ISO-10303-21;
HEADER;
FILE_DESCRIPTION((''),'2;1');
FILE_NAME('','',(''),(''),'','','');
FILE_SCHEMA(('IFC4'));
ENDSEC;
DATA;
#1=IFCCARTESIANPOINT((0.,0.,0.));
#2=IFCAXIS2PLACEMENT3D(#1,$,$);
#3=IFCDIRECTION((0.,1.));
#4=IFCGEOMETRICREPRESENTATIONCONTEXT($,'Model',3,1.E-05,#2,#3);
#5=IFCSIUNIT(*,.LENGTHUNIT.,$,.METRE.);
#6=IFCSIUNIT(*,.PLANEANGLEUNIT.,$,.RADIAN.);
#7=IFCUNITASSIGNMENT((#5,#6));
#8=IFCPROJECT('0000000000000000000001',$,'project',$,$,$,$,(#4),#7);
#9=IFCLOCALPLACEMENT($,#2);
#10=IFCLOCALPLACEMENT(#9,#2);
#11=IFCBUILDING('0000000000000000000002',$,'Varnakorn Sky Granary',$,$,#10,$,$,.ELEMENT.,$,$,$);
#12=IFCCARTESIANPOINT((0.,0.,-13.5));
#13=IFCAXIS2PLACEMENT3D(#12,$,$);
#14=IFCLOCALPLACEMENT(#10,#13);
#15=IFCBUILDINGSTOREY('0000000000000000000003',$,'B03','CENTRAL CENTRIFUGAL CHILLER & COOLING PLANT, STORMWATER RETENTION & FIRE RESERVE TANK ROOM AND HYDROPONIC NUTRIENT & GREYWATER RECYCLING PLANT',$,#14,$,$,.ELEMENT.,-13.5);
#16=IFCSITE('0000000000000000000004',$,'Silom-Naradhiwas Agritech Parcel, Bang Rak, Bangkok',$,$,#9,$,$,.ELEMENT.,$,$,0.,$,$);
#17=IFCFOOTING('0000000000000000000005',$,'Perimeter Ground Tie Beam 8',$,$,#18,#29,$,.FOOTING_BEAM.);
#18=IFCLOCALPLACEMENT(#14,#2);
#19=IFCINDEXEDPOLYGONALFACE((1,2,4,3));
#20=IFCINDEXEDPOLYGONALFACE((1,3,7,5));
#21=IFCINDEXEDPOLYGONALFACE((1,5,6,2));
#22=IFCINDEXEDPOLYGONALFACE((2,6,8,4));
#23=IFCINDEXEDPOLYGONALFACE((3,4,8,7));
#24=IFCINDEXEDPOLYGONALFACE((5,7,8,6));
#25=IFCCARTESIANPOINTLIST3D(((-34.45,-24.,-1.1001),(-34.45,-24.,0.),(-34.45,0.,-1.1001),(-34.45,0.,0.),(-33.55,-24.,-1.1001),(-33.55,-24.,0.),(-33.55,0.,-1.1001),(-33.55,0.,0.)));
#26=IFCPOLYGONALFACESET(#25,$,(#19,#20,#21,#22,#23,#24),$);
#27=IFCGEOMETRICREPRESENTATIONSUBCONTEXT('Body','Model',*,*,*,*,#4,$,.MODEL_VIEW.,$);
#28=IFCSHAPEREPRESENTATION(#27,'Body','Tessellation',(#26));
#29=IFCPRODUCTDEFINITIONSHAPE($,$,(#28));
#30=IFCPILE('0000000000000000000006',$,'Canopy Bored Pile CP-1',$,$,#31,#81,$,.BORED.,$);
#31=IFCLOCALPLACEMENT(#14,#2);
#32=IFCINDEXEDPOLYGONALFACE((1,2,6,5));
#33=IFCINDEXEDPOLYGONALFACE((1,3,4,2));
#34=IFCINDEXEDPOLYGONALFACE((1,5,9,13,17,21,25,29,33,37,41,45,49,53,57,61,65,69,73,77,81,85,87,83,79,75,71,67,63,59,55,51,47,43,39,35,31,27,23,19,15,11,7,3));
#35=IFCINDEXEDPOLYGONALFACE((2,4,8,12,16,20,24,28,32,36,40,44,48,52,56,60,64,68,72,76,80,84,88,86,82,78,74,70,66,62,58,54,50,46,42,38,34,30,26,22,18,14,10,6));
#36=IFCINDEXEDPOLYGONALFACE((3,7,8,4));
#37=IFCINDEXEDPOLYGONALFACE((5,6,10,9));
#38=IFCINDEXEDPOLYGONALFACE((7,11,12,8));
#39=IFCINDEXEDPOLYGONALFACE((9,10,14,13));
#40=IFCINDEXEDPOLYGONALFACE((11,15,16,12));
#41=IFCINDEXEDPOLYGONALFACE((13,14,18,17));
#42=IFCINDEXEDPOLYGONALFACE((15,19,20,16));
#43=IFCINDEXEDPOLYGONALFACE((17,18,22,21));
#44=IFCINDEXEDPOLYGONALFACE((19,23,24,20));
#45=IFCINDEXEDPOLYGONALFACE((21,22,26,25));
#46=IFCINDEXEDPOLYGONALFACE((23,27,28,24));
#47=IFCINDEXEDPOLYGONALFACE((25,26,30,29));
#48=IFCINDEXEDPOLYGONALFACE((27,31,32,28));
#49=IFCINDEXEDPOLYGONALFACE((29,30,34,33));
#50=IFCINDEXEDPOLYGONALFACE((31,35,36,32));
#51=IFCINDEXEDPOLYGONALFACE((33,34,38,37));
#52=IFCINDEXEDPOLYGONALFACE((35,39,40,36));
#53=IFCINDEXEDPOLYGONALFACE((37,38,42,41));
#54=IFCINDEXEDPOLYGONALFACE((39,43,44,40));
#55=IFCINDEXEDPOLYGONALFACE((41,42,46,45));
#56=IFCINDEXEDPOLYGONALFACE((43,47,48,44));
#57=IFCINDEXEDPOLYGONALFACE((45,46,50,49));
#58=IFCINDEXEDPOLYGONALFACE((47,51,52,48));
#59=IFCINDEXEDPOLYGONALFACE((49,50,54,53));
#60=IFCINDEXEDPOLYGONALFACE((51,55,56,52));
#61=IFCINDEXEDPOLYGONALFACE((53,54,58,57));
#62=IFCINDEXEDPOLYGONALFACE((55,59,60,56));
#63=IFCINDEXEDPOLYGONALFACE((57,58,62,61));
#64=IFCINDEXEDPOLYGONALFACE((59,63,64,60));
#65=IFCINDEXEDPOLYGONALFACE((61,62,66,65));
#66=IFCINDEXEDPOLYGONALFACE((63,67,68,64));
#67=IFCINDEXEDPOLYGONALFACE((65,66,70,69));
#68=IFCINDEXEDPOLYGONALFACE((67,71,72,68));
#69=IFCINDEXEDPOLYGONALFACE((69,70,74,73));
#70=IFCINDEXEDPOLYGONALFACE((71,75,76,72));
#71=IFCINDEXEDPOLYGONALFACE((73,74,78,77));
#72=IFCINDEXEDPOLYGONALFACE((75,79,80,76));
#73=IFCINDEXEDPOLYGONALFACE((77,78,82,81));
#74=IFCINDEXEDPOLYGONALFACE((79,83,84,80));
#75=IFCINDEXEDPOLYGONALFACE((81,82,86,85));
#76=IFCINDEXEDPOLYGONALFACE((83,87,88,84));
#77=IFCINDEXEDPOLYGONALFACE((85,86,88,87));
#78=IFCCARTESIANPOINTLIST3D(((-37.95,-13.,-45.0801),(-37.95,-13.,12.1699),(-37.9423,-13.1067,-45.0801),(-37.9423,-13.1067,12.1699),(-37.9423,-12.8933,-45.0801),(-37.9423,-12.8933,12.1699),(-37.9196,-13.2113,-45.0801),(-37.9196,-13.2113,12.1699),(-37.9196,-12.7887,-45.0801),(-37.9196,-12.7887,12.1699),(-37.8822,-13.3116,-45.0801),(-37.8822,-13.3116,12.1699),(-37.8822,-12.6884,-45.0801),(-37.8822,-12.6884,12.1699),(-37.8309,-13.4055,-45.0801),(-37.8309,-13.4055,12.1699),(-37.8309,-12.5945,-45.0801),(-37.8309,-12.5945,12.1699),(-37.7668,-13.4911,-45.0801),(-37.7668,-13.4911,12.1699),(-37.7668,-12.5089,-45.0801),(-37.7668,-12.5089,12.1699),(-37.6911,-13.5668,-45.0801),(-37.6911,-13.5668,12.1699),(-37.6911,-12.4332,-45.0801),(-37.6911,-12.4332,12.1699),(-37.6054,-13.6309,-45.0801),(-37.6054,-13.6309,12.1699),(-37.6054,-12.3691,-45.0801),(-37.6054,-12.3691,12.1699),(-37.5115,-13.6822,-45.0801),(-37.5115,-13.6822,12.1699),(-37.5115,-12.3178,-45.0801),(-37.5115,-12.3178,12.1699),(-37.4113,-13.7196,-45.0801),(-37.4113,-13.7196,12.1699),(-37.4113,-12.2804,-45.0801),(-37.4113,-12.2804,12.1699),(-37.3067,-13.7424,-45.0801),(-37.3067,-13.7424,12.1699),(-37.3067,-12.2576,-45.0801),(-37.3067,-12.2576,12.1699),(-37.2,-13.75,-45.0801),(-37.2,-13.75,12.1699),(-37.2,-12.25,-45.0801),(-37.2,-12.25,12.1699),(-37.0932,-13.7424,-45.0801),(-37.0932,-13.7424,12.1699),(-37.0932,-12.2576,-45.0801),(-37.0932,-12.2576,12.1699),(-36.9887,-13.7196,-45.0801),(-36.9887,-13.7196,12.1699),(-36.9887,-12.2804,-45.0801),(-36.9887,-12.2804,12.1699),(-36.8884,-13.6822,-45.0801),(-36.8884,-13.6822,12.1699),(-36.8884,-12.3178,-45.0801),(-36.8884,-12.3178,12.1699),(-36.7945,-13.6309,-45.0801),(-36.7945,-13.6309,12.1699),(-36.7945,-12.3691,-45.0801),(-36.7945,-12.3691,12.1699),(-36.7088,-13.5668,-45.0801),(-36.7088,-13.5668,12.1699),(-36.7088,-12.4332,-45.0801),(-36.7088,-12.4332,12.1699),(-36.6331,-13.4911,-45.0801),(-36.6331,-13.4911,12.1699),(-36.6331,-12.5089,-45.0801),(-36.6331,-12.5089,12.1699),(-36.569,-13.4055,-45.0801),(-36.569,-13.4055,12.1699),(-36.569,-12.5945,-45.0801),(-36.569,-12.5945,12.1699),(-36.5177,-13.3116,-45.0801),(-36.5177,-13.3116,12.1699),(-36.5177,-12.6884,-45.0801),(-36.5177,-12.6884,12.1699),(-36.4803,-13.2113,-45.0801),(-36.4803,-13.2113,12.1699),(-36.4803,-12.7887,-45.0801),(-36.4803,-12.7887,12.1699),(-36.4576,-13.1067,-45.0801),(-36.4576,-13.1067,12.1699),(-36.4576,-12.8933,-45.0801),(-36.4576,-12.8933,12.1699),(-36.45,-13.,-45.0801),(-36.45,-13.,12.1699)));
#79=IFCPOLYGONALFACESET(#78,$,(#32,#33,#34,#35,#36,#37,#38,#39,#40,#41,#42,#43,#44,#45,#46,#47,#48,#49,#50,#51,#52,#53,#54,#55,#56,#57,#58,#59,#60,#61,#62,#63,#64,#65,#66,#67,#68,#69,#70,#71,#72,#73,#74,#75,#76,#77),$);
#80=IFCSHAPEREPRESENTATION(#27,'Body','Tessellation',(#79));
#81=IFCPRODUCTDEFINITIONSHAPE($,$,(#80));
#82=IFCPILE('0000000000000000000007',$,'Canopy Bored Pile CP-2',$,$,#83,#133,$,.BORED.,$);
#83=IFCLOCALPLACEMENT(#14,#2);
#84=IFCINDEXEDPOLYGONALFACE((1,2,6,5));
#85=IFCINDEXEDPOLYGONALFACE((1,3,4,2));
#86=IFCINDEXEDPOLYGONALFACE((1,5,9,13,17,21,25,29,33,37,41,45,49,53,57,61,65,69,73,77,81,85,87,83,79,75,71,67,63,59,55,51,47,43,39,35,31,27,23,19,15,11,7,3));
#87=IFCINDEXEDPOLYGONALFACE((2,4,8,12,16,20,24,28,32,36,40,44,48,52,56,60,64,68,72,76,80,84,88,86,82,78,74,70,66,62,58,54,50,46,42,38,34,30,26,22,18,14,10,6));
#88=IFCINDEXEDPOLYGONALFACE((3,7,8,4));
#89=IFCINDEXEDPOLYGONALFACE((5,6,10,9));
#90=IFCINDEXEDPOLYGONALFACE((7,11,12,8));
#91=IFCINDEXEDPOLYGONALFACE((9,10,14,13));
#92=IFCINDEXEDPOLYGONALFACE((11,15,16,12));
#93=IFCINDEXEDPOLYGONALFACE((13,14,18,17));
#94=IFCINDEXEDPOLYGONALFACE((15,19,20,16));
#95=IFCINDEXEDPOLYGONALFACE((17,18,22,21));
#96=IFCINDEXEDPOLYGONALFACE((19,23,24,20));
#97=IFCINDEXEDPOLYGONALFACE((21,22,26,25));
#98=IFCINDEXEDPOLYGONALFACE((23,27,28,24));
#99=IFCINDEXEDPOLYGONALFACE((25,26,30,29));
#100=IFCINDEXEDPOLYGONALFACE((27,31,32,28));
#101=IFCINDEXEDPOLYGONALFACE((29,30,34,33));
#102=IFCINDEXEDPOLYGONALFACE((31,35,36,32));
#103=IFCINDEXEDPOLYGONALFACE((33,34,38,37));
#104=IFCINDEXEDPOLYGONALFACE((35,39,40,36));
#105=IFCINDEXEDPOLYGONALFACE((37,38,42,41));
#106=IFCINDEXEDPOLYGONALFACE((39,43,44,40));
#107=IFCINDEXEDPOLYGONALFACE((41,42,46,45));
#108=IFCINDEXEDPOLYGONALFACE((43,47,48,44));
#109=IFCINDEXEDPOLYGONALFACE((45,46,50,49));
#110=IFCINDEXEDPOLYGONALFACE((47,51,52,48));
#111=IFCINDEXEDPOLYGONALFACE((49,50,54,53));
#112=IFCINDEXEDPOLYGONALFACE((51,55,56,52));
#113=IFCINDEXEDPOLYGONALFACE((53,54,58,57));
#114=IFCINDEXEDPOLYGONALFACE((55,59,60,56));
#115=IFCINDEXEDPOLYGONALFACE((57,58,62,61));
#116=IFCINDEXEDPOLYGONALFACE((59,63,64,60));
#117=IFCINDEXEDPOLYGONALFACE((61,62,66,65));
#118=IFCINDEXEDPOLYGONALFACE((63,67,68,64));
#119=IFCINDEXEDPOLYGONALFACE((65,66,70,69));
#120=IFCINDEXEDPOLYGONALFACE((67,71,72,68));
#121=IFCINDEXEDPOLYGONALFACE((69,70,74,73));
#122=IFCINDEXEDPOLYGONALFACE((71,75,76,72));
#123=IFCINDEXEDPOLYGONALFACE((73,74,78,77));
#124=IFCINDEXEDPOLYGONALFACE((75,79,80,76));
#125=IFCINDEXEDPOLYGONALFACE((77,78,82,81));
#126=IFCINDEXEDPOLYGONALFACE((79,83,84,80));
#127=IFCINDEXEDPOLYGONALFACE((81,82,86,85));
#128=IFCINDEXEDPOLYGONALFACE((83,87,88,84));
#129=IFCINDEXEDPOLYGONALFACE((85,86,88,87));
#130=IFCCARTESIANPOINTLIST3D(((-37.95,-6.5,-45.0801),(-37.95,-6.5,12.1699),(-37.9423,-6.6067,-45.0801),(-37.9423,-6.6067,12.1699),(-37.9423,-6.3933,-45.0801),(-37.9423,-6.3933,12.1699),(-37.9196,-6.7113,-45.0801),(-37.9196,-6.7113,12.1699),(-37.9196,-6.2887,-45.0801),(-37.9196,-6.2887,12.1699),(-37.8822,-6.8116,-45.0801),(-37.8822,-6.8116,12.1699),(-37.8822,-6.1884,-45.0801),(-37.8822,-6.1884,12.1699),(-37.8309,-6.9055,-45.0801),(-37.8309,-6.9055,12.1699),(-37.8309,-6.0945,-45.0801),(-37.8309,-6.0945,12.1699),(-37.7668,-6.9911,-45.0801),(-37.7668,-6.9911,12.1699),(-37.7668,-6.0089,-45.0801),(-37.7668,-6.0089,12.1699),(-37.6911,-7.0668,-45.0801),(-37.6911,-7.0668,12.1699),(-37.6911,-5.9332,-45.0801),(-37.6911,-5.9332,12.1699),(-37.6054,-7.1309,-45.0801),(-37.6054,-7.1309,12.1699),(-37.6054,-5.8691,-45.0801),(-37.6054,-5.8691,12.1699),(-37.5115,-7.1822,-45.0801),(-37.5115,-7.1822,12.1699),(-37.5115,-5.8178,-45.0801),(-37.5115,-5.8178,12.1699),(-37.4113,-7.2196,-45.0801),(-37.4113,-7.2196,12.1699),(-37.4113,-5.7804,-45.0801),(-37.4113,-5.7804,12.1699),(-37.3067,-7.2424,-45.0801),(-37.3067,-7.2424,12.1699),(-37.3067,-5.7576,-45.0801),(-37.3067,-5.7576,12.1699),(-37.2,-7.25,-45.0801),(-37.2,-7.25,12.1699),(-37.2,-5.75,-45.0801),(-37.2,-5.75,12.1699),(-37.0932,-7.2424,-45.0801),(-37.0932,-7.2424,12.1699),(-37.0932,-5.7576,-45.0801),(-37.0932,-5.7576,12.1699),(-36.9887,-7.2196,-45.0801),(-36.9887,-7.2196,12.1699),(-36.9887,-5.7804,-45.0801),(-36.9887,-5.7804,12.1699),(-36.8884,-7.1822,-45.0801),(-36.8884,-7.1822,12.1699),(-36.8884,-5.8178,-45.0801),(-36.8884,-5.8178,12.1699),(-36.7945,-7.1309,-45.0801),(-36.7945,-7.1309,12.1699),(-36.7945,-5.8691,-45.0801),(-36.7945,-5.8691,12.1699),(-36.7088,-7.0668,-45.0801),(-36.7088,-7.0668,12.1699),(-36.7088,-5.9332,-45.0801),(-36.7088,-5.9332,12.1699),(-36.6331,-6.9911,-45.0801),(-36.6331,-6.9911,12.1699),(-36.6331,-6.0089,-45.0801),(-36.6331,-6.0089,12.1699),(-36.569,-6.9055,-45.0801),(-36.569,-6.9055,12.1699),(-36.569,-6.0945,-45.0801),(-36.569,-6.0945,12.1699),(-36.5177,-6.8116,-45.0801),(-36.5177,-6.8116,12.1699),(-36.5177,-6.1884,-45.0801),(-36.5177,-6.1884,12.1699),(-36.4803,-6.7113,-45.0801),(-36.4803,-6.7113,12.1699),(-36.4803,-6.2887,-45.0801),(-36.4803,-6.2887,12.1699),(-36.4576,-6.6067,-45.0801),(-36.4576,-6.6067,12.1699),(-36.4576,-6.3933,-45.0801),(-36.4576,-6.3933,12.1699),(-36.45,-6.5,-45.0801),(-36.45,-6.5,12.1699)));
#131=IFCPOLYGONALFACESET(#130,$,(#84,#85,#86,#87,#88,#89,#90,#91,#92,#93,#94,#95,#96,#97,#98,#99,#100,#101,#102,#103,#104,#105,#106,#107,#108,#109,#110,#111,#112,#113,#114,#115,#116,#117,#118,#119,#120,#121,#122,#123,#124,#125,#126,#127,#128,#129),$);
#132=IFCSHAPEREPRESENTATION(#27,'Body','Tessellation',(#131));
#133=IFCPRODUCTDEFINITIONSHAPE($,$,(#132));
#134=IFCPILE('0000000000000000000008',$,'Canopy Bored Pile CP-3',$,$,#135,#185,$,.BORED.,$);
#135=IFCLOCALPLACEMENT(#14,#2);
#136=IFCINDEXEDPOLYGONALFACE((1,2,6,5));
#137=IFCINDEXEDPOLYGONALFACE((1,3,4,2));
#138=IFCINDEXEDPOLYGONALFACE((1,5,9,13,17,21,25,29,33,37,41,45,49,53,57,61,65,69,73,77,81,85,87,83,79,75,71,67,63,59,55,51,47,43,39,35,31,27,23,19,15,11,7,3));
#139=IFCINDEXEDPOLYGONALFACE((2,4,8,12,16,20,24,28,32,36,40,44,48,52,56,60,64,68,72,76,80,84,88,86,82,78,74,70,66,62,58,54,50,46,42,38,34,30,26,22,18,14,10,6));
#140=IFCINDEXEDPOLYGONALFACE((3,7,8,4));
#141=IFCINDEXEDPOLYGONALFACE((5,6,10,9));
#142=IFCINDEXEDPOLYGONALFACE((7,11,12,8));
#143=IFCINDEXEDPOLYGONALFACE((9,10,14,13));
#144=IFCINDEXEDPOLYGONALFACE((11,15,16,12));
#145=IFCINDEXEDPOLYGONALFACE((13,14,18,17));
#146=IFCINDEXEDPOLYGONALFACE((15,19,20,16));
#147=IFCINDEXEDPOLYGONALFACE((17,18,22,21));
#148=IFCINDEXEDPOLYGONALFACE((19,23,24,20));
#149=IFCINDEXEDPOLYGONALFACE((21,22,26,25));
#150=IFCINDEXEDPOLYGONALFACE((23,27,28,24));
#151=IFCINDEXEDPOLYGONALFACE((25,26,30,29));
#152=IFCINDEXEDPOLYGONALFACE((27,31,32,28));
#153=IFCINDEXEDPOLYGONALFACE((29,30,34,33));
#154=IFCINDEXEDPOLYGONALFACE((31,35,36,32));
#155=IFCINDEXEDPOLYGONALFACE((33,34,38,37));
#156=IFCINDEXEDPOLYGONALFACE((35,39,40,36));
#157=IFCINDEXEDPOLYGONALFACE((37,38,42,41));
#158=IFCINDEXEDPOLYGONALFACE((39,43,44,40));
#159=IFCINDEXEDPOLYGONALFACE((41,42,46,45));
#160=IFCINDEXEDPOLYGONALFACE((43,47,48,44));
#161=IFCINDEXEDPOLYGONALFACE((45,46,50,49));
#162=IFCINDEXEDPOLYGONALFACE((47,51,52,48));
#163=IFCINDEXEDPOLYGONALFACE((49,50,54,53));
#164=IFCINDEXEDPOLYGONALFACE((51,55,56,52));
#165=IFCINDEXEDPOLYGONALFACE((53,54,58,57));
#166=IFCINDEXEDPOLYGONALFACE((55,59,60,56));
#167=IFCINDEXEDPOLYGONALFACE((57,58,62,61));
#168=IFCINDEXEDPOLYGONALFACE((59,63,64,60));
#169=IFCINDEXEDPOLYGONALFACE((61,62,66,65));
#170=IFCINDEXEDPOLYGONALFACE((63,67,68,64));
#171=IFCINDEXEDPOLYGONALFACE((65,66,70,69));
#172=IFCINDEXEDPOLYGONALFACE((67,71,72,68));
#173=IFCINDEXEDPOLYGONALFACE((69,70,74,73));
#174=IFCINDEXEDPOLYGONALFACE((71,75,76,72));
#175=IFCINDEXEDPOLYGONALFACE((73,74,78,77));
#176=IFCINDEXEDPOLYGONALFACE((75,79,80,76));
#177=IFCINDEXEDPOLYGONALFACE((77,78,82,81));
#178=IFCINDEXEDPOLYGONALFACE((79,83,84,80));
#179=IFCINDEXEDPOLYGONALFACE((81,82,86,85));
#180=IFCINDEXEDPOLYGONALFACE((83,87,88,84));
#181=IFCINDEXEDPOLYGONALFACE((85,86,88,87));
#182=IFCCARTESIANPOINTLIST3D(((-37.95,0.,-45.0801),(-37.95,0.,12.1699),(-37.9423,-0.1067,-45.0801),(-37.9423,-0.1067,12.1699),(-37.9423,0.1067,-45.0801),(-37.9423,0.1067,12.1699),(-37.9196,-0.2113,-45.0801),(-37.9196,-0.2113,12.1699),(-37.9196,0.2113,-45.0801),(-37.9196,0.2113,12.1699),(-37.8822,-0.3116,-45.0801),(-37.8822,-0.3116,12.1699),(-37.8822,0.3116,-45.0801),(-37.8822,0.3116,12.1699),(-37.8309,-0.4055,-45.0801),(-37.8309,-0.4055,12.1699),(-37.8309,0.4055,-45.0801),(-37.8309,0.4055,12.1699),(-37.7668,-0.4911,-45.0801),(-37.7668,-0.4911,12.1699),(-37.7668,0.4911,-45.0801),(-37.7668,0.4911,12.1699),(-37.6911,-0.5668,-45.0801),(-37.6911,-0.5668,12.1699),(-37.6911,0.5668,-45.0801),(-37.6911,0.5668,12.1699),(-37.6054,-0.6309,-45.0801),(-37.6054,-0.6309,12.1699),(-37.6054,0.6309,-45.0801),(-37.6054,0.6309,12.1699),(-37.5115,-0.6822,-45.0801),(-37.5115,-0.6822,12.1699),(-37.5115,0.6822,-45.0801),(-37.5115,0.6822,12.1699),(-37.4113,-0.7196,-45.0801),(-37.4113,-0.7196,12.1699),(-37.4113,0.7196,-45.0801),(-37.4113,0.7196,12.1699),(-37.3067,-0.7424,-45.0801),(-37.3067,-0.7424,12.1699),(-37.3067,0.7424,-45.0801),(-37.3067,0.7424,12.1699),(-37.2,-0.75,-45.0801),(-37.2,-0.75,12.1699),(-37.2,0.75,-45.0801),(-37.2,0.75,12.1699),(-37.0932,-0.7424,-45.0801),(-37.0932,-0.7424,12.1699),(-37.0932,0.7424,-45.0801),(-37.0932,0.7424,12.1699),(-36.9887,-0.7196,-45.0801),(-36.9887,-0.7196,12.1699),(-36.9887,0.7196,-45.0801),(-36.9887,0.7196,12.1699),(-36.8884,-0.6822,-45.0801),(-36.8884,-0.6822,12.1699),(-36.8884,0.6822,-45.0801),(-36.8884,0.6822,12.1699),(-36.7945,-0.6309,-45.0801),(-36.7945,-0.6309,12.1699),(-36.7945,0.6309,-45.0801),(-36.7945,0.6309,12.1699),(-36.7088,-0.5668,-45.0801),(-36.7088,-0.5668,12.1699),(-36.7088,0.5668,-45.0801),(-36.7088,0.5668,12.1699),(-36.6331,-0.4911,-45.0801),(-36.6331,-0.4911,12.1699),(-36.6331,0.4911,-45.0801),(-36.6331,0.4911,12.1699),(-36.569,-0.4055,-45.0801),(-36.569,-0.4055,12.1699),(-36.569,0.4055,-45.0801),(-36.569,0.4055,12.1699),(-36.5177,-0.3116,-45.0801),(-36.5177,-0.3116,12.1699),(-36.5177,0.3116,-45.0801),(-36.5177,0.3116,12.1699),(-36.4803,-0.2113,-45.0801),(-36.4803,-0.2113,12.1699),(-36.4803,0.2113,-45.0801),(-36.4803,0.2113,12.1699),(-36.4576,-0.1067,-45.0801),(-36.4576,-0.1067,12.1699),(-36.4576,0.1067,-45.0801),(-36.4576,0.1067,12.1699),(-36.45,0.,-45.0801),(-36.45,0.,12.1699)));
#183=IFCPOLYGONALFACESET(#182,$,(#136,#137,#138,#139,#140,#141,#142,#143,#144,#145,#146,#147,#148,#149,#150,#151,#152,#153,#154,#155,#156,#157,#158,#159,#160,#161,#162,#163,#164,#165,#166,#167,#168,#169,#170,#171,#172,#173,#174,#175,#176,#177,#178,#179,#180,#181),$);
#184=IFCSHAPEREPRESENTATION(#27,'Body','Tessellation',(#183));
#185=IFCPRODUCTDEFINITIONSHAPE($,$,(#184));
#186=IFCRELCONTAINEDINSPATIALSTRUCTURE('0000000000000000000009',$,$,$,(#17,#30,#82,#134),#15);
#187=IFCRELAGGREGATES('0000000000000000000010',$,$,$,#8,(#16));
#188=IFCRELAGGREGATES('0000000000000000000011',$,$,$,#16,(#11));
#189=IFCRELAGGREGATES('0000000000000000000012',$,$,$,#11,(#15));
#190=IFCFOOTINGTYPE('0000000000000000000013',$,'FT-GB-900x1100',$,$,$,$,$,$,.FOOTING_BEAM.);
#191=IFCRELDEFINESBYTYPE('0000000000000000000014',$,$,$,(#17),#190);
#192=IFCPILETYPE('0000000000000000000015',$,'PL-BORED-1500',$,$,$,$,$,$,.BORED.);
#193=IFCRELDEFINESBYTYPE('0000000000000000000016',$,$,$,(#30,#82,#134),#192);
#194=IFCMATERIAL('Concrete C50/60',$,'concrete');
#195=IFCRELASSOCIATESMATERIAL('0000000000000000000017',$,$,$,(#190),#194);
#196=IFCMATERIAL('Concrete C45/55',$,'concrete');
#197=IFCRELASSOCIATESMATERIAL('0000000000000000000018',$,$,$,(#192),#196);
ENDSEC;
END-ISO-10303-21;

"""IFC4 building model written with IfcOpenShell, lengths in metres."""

from ifc_helpers import new_model, si_unit, direction, frame, origin, origin_2d, place, context, subcontext, project, spatial, rectangle, circle, extrude, material, material_profile, profile_set, type_object, element, save


model = new_model("IFC4")

# Units and contexts
model_context = context("Model", 3, precision=1e-05, world=origin(), true_north=direction((0.0, 1.0)))
body_context = subcontext(model_context, "Body", "Model", "MODEL_VIEW")
ifc_project = project(units=[si_unit("LENGTHUNIT", "METRE"), si_unit("PLANEANGLEUNIT", "RADIAN")], contexts=[model_context])

# Site, building, storey
site_placement = place(None, origin())
site = spatial("IfcSite", under=ifc_project, at=site_placement, Name="Silom-Naradhiwas Agritech Parcel, Bang Rak, Bangkok", CompositionType="ELEMENT", RefElevation=0.0)
building_placement = place(site_placement, origin())
building = spatial("IfcBuilding", under=site, at=building_placement, Name="Varnakorn Sky Granary", CompositionType="ELEMENT")
storey_placement = place(building_placement, frame((0.0, 0.0, -13.5)))
storey = spatial("IfcBuildingStorey", under=building, at=storey_placement, Name="B03", Description="CENTRAL CENTRIFUGAL CHILLER & COOLING PLANT, STORMWATER RETENTION & FIRE RESERVE TANK ROOM AND HYDROPONIC NUTRIENT & GREYWATER RECYCLING PLANT", CompositionType="ELEMENT", Elevation=-13.5)

# Footing
ifc_material_1 = material(Name="Concrete C50/60", Category="concrete")
ifc_material_profile_1 = material_profile(ifc_material_1, rectangle(XDim=0.8999, YDim=1.1001, at=origin_2d()), Name="RC 900x1100")
ifc_profile_set_1 = profile_set([ifc_material_profile_1], Name="Concrete C50/60")
footing_type = type_object("IfcFootingType", Name="FT-GB-900x1100", PredefinedType="FOOTING_BEAM", material=ifc_profile_set_1)
footing_placement = place(storey_placement, frame((-34.0, 0.0, -0.55), z_axis=(0.0, -1.0, 0.0), x_axis=(1.0, 0.0, 0.0)))
element("IfcFooting", 1, at=footing_placement, inside=storey, type_object=footing_type, Name="Perimeter Ground Tie Beam 8", PredefinedType="FOOTING_BEAM", context=body_context, shape_type="SweptSolid", body=[
    extrude(rectangle(XDim=0.8999, YDim=1.1001, at=origin_2d()), origin(), (0.0, 0.0, 1.0), 24.0),
])

# Piles
ifc_material_2 = material(Name="Concrete C45/55", Category="concrete")
ifc_material_profile_2 = material_profile(ifc_material_2, circle(Radius=0.75, at=origin_2d()), Name="PILE D1500")
ifc_profile_set_2 = profile_set([ifc_material_profile_2], Name="Concrete C45/55")
pile_type = type_object("IfcPileType", Name="PL-BORED-1500", PredefinedType="BORED", material=ifc_profile_set_2)
for number, where, z_axis, x_axis, name in (
    (2, (-37.2, -13.0, 12.1699), (0.0, 0.0, -1.0), (1.0, 0.0, 0.0), "Canopy Bored Pile CP-1"),
    (3, (-37.2, -6.5, 12.1699), (0.0, 0.0, -1.0), (1.0, 0.0, 0.0), "Canopy Bored Pile CP-2"),
    (4, (-37.2, 0.0, 12.1699), (0.0, 0.0, -1.0), (1.0, 0.0, 0.0), "Canopy Bored Pile CP-3"),
):
    element("IfcPile", number, at=place(storey_placement, frame(where, z_axis=z_axis, x_axis=x_axis)), inside=storey, type_object=pile_type, Name=name, PredefinedType="BORED", context=body_context, shape_type="SweptSolid", body=[
        extrude(circle(Radius=0.75, at=origin_2d()), origin(), (0.0, 0.0, 1.0), 57.25),
    ])

save(model, "model.ifc")
